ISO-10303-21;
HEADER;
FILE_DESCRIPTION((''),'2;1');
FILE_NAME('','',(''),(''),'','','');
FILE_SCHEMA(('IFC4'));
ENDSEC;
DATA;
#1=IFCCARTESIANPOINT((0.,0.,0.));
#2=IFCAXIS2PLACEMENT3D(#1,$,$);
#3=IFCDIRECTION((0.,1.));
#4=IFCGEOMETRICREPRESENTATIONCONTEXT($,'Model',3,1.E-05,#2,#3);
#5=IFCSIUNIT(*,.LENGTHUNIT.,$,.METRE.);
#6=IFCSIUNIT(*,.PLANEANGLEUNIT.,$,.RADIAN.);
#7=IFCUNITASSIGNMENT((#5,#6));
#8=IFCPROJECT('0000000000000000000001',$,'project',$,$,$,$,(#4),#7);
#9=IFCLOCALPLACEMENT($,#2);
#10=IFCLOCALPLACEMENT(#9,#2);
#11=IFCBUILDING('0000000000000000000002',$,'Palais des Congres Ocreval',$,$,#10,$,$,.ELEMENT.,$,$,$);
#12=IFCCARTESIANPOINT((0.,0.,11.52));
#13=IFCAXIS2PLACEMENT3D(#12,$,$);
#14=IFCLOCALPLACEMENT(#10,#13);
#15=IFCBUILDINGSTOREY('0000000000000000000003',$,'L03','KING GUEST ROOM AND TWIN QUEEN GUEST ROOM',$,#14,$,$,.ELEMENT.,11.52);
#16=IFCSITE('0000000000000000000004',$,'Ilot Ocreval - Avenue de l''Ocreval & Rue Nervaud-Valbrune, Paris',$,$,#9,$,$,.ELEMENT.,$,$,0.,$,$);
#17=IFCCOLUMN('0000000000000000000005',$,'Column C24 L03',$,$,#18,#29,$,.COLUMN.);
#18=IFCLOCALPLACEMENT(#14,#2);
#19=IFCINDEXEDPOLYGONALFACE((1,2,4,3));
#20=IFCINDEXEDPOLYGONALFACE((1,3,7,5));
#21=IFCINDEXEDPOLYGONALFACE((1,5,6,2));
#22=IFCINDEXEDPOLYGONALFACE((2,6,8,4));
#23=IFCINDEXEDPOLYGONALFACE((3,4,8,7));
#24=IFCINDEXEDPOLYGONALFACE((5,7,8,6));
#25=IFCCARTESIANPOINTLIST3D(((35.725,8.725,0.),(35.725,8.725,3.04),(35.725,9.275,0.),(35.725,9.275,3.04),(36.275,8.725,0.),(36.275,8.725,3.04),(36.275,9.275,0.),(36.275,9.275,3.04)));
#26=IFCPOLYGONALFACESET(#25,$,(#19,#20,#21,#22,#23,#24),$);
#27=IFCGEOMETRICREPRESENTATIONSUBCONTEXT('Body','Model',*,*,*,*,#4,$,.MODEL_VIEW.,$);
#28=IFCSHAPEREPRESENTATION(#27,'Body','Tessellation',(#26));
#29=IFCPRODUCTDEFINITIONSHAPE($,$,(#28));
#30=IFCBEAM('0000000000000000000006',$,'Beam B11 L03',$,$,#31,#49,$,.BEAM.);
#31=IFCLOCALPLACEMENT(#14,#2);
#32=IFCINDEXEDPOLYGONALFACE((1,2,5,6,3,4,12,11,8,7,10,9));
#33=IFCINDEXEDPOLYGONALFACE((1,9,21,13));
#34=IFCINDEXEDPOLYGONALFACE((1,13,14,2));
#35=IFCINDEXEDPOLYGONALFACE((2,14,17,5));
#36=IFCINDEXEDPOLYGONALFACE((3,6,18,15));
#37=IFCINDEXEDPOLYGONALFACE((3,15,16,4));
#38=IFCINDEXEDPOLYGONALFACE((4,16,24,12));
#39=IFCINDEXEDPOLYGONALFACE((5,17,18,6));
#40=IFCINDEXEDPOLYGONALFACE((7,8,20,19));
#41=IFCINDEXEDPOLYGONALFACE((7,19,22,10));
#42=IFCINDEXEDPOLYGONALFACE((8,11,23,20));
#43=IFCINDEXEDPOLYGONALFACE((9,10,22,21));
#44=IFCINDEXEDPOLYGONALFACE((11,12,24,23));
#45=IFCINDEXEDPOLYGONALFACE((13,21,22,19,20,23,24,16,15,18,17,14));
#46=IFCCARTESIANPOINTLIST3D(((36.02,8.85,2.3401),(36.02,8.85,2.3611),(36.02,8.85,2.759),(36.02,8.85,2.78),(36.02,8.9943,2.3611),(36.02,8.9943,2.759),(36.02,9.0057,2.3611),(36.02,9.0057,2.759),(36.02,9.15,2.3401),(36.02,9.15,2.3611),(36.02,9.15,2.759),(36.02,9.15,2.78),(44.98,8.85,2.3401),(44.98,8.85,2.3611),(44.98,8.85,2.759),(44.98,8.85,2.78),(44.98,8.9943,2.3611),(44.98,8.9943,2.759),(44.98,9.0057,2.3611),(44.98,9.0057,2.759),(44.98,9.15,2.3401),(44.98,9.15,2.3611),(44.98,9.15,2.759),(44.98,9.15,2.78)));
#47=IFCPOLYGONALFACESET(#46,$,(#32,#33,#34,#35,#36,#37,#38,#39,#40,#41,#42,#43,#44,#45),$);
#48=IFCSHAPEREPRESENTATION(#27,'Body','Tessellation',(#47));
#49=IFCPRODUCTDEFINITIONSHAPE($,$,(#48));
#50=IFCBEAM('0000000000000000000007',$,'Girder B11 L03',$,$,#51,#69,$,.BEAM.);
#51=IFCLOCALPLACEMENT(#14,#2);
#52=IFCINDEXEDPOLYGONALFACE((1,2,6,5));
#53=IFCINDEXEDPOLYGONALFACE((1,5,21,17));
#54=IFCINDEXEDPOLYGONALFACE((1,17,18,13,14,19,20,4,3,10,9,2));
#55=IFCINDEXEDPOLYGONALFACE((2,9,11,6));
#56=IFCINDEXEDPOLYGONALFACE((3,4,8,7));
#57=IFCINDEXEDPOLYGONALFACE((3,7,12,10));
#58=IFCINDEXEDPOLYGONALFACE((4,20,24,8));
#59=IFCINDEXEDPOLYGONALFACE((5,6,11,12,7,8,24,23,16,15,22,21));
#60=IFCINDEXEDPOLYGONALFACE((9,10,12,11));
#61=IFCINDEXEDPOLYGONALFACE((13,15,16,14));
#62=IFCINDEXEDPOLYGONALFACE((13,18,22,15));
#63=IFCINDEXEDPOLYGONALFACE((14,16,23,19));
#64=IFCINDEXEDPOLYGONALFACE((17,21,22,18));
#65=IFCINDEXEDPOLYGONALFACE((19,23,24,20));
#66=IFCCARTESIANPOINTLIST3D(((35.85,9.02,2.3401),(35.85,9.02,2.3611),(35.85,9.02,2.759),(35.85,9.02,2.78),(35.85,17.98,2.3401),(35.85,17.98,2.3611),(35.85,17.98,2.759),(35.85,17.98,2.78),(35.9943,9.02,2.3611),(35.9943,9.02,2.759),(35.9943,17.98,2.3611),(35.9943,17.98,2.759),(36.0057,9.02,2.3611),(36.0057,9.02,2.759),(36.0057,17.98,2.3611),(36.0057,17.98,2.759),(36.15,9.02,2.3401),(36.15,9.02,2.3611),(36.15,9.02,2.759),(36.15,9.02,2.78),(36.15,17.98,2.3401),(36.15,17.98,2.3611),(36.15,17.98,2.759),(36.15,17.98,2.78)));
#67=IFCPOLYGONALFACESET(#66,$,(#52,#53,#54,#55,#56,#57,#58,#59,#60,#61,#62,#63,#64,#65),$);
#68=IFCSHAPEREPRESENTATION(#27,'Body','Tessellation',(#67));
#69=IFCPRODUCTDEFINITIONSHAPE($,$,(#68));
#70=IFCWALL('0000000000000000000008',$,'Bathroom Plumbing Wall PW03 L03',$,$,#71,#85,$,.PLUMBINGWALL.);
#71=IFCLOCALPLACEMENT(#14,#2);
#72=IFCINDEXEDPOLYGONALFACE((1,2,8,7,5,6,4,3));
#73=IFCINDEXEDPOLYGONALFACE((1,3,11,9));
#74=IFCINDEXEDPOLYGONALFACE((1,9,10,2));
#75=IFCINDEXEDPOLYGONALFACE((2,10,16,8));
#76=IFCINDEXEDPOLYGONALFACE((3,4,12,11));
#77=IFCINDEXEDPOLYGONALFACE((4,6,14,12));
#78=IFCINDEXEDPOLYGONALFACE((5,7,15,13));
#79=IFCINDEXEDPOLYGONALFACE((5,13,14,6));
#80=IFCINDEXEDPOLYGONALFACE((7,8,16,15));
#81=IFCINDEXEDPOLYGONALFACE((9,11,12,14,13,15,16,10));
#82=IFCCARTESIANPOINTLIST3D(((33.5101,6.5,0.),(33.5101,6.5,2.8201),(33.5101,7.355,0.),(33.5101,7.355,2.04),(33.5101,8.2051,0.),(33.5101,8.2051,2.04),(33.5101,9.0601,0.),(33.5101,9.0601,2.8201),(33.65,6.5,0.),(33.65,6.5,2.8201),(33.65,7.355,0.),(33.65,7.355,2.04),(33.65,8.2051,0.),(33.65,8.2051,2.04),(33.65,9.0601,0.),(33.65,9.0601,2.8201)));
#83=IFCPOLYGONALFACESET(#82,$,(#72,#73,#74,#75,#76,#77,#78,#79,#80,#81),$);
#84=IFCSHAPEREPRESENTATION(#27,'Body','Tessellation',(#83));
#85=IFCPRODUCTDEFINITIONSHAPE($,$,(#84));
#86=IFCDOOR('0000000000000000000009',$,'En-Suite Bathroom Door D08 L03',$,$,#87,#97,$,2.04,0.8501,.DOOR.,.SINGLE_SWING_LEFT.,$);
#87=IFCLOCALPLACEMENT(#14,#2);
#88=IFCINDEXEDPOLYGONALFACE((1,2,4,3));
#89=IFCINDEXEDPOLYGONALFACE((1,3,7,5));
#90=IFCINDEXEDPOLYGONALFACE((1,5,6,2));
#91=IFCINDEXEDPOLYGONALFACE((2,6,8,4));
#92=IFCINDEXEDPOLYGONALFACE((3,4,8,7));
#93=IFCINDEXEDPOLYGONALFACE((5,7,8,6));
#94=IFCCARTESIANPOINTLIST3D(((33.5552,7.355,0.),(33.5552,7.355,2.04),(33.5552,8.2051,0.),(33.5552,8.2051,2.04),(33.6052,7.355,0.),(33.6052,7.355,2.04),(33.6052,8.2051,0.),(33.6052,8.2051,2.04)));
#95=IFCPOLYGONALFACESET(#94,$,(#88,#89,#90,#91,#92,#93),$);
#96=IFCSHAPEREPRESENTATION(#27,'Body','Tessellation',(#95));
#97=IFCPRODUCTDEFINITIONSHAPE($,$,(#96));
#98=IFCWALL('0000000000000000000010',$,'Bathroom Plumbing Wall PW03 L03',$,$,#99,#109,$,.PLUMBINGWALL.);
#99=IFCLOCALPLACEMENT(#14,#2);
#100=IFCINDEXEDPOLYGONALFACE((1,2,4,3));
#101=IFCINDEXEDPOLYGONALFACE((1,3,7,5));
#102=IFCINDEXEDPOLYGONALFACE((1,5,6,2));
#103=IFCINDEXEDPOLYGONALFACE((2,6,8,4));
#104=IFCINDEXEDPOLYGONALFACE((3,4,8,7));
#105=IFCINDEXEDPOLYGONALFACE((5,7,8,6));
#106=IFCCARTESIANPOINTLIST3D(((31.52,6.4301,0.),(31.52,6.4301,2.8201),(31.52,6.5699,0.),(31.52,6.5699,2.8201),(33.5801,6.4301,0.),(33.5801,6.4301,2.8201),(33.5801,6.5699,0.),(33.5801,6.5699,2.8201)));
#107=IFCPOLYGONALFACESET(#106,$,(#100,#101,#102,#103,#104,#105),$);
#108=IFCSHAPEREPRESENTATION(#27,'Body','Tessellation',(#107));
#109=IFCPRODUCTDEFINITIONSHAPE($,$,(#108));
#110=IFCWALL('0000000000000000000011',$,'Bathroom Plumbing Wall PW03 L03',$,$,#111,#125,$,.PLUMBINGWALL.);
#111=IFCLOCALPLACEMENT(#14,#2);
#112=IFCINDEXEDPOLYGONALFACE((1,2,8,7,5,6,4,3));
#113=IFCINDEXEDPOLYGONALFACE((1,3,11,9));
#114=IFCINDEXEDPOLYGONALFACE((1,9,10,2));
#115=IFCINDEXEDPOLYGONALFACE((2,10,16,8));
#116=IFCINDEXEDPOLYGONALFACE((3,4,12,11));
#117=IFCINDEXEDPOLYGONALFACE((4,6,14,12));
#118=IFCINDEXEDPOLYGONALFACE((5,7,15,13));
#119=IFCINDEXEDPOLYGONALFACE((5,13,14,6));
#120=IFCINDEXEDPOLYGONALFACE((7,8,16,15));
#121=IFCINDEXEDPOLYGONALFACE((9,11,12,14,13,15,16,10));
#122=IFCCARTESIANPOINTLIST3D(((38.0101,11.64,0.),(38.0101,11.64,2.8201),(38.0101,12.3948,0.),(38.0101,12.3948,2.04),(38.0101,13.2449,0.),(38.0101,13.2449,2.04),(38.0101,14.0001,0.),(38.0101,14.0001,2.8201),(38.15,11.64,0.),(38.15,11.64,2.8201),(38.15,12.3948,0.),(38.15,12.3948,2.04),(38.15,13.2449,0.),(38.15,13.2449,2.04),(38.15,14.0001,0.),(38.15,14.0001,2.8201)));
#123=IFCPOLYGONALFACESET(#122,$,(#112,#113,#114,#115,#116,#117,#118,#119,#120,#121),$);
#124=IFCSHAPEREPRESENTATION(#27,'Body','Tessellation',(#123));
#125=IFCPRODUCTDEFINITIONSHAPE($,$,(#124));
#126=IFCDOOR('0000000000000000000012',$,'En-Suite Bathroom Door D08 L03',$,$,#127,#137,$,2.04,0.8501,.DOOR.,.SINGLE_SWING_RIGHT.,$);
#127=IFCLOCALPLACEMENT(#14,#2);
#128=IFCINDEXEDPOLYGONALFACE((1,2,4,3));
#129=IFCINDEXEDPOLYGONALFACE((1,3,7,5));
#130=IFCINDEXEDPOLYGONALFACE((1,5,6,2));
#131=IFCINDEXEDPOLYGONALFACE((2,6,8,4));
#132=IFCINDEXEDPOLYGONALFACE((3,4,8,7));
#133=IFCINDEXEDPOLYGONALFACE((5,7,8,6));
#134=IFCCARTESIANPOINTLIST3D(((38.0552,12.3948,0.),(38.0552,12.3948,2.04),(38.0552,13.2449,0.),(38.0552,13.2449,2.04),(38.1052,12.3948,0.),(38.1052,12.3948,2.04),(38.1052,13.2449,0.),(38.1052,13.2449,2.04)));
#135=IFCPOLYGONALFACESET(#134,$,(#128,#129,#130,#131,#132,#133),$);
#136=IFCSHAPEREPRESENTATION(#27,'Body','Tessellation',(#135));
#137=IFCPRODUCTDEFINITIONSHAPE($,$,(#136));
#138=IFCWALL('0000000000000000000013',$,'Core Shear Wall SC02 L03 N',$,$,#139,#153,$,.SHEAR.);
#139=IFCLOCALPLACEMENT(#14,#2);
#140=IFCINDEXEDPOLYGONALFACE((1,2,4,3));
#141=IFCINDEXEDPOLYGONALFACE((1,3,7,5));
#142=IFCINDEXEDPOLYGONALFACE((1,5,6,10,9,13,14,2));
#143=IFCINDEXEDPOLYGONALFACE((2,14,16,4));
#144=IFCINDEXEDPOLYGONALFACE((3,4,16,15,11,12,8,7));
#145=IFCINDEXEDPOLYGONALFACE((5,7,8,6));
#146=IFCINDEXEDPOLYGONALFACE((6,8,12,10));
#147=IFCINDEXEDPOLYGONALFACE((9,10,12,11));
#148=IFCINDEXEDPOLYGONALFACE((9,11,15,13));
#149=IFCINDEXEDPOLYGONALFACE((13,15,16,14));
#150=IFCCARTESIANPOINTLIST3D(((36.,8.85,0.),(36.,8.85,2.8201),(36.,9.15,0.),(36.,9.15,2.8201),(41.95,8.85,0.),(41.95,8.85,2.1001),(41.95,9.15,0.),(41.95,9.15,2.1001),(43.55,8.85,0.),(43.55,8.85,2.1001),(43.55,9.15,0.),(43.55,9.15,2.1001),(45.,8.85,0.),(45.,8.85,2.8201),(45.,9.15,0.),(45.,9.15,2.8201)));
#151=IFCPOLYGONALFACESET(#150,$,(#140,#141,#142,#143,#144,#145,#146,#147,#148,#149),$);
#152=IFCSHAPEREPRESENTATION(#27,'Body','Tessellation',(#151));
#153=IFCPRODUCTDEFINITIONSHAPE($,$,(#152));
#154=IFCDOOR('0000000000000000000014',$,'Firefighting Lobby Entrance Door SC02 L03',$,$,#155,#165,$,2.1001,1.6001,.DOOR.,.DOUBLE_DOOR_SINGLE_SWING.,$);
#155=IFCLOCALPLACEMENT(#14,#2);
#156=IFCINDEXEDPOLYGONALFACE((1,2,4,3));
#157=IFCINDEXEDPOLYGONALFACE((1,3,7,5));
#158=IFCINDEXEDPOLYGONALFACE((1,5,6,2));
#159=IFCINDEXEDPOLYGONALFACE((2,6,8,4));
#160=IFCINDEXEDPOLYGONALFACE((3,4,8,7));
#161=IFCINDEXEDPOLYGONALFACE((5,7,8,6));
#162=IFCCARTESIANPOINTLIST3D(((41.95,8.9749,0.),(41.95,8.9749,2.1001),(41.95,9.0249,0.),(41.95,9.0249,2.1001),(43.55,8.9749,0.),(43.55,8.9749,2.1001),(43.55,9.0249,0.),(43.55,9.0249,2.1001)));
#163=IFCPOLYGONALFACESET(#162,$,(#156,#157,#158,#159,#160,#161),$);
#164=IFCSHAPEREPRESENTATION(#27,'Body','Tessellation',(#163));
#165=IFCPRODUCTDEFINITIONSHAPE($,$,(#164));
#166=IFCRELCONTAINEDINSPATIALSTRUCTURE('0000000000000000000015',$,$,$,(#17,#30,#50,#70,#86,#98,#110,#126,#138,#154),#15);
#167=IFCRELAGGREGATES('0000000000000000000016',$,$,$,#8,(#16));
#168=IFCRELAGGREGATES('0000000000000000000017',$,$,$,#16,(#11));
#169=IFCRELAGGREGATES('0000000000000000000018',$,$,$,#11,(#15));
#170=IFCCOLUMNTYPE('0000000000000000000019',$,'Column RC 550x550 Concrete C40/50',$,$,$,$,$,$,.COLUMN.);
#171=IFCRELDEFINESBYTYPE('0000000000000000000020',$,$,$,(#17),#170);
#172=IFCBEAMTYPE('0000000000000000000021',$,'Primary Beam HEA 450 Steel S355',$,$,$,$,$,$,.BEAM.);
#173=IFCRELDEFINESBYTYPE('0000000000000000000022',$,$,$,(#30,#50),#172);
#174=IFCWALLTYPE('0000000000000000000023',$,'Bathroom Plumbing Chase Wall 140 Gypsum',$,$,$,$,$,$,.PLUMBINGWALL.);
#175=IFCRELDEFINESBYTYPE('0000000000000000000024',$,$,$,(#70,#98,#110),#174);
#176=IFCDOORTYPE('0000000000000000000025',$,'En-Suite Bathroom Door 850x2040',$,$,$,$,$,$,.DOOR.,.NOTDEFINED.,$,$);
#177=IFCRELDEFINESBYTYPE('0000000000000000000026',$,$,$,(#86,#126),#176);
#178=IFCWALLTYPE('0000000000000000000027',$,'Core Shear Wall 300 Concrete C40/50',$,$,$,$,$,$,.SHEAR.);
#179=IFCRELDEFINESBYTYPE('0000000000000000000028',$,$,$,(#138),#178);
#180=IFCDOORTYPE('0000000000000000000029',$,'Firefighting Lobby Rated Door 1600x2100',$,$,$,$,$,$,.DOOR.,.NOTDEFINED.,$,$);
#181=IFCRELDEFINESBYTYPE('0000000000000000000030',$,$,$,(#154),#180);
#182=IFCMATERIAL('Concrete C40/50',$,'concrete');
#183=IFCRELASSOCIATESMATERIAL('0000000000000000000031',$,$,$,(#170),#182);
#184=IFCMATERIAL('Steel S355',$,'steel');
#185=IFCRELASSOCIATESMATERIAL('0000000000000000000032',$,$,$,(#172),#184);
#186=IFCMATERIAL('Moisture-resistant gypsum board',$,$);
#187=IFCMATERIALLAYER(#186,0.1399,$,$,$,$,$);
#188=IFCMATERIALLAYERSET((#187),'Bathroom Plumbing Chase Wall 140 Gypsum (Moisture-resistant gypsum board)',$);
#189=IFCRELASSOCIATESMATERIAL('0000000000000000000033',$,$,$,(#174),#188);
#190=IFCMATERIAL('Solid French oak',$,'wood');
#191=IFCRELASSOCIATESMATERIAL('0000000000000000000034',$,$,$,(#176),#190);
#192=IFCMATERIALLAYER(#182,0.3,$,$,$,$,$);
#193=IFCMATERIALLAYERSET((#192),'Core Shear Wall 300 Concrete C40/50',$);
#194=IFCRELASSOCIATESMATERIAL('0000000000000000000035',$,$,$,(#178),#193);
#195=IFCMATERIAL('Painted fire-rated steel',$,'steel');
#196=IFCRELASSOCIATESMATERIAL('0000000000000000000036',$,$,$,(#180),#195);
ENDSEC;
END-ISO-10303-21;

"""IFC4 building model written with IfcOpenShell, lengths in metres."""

from ifc_helpers import new_model, si_unit, direction, frame, frame_2d, origin, origin_2d, place, context, subcontext, project, spatial, rectangle, i_section, extrude, material, layer, layer_set, material_profile, profile_set, type_object, element, fill, save


model = new_model("IFC4")

# Units and contexts
model_context = context("Model", 3, precision=1e-05, world=origin(), true_north=direction((0.0, 1.0)))
body_context = subcontext(model_context, "Body", "Model", "MODEL_VIEW")
ifc_project = project(units=[si_unit("LENGTHUNIT", "METRE"), si_unit("PLANEANGLEUNIT", "RADIAN")], contexts=[model_context])

# Site, building, storey
site_placement = place(None, origin())
site = spatial("IfcSite", under=ifc_project, at=site_placement, Name="Ilot Ocreval - Avenue de l'Ocreval & Rue Nervaud-Valbrune, Paris", CompositionType="ELEMENT", RefElevation=0.0)
building_placement = place(site_placement, origin())
building = spatial("IfcBuilding", under=site, at=building_placement, Name="Palais des Congres Ocreval", CompositionType="ELEMENT")
storey_placement = place(building_placement, frame((0.0, 0.0, 11.52)))
storey = spatial("IfcBuildingStorey", under=building, at=storey_placement, Name="L03", Description="KING GUEST ROOM AND TWIN QUEEN GUEST ROOM", CompositionType="ELEMENT", Elevation=11.52)

# Column
ifc_material_1 = material(Name="Concrete C40/50", Category="concrete")
ifc_material_profile_1 = material_profile(ifc_material_1, rectangle(XDim=0.55, YDim=0.55, at=origin_2d()), Name="RC 550x550")
ifc_profile_set_1 = profile_set([ifc_material_profile_1], Name="Concrete C40/50")
column_type = type_object("IfcColumnType", Name="Column RC 550x550 Concrete C40/50", PredefinedType="COLUMN", material=ifc_profile_set_1)
column_placement = place(storey_placement, frame((36.0, 9.0, 0.0), z_axis=(0.0, 0.0, 1.0), x_axis=(1.0, 0.0, 0.0)))
element("IfcColumn", 1, at=column_placement, inside=storey, type_object=column_type, Name="Column C24 L03", PredefinedType="COLUMN", context=body_context, shape_type="SweptSolid", body=[
    extrude(rectangle(XDim=0.55, YDim=0.55, at=origin_2d()), origin(), (0.0, 0.0, 1.0), 3.04),
])

# Beams
ifc_material_2 = material(Name="Steel S355", Category="steel")
ifc_material_profile_2 = material_profile(ifc_material_2, i_section(OverallWidth=0.3, OverallDepth=0.4399, WebThickness=0.0115, FlangeThickness=0.021, at=origin_2d()), Name="HEA 450")
ifc_profile_set_2 = profile_set([ifc_material_profile_2], Name="Steel S355")
beam_type = type_object("IfcBeamType", Name="Primary Beam HEA 450 Steel S355", PredefinedType="BEAM", material=ifc_profile_set_2)
for number, where, z_axis, x_axis, name in (
    (2, (36.02, 9.0, 2.5601), (1.0, 0.0, 0.0), (0.0, 1.0, 0.0), "Beam B11 L03"),
    (3, (36.0, 9.02, 2.5601), (0.0, 1.0, 0.0), (-1.0, 0.0, 0.0), "Girder B11 L03"),
):
    element("IfcBeam", number, at=place(storey_placement, frame(where, z_axis=z_axis, x_axis=x_axis)), inside=storey, type_object=beam_type, Name=name, PredefinedType="BEAM", context=body_context, shape_type="SweptSolid", body=[
        extrude(i_section(OverallWidth=0.3, OverallDepth=0.4399, WebThickness=0.0115, FlangeThickness=0.021, at=origin_2d()), origin(), (0.0, 0.0, 1.0), 8.96),
    ])

# Wall, opening, door
ifc_material_3 = material(Name="Moisture-resistant gypsum board")
ifc_layer_1 = layer(ifc_material_3, 0.1399)
ifc_layer_set_1 = layer_set([ifc_layer_1], Name="Bathroom Plumbing Chase Wall 140 Gypsum (Moisture-resistant gypsum board)")
wall_type_1 = type_object("IfcWallType", Name="Bathroom Plumbing Chase Wall 140 Gypsum", PredefinedType="PLUMBINGWALL", material=ifc_layer_set_1)
wall_1_placement = place(storey_placement, frame((33.5801, 6.5, 0.0), z_axis=(0.0, 0.0, 1.0), x_axis=(0.0, 1.0, 0.0)))
wall_1 = element("IfcWall", 4, at=wall_1_placement, inside=storey, type_object=wall_type_1, Name="Bathroom Plumbing Wall PW03 L03", PredefinedType="PLUMBINGWALL", context=body_context, shape_type="SweptSolid", body=[
    extrude(rectangle(XDim=2.5601, YDim=0.1399, at=frame_2d((1.28, 0.0))), origin(), (0.0, 0.0, 1.0), 2.8201),
])
opening_1_placement = place(wall_1_placement, frame((0.855, 0.0, 0.0)))
opening_1 = element("IfcOpeningElement", 5, at=opening_1_placement, cuts=wall_1, PredefinedType="OPENING", context=body_context, shape_type="SweptSolid", body=[
    extrude(rectangle(XDim=0.8501, YDim=2.04, at=frame_2d((0.425, 1.02))), frame((0.0, 0.0798, 0.0), z_axis=(0.0, -1.0, 0.0), x_axis=(1.0, 0.0, 0.0)), (0.0, 0.0, 1.0), 0.1599),
])
ifc_material_4 = material(Name="Solid French oak", Category="wood")
door_type_1 = type_object("IfcDoorType", Name="En-Suite Bathroom Door 850x2040", OperationType="NOTDEFINED", PredefinedType="DOOR", material=ifc_material_4)
door_1_placement = place(opening_1_placement, origin())
door_1 = element("IfcDoor", 6, at=door_1_placement, inside=storey, type_object=door_type_1, Name="En-Suite Bathroom Door D08 L03", OperationType="SINGLE_SWING_LEFT", OverallHeight=2.04, OverallWidth=0.8501, PredefinedType="DOOR", context=body_context, shape_type="SweptSolid", body=[
    extrude(rectangle(XDim=0.8501, YDim=2.04, at=frame_2d((0.425, 1.02))), frame((0.0, 0.0249, 0.0), z_axis=(0.0, -1.0, 0.0), x_axis=(1.0, 0.0, 0.0)), (0.0, 0.0, 1.0), 0.05),
])
fill(opening_1, door_1)

# Wall
wall_2_placement = place(storey_placement, frame((31.52, 6.5, 0.0), z_axis=(0.0, 0.0, 1.0), x_axis=(1.0, 0.0, 0.0)))
element("IfcWall", 7, at=wall_2_placement, inside=storey, type_object=wall_type_1, Name="Bathroom Plumbing Wall PW03 L03", PredefinedType="PLUMBINGWALL", context=body_context, shape_type="SweptSolid", body=[
    extrude(rectangle(XDim=2.0601, YDim=0.1399, at=frame_2d((1.03, 0.0))), origin(), (0.0, 0.0, 1.0), 2.8201),
])

# Walls, openings, doors
wall_3_placement = place(storey_placement, frame((38.0801, 11.6399, 0.0), z_axis=(0.0, 0.0, 1.0), x_axis=(0.0, 1.0, 0.0)))
wall_3 = element("IfcWall", 8, at=wall_3_placement, inside=storey, type_object=wall_type_1, Name="Bathroom Plumbing Wall PW03 L03", PredefinedType="PLUMBINGWALL", context=body_context, shape_type="SweptSolid", body=[
    extrude(rectangle(XDim=2.3601, YDim=0.1399, at=frame_2d((1.1802, 0.0))), origin(), (0.0, 0.0, 1.0), 2.8201),
])
opening_2_placement = place(wall_3_placement, frame((0.7549, 0.0, 0.0)))
opening_2 = element("IfcOpeningElement", 9, at=opening_2_placement, cuts=wall_3, PredefinedType="OPENING", context=body_context, shape_type="SweptSolid", body=[
    extrude(rectangle(XDim=0.8501, YDim=2.04, at=frame_2d((0.425, 1.02))), frame((0.0, 0.0798, 0.0), z_axis=(0.0, -1.0, 0.0), x_axis=(1.0, 0.0, 0.0)), (0.0, 0.0, 1.0), 0.1599),
])
door_2_placement = place(opening_2_placement, origin())
door_2 = element("IfcDoor", 10, at=door_2_placement, inside=storey, type_object=door_type_1, Name="En-Suite Bathroom Door D08 L03", OperationType="SINGLE_SWING_RIGHT", OverallHeight=2.04, OverallWidth=0.8501, PredefinedType="DOOR", context=body_context, shape_type="SweptSolid", body=[
    extrude(rectangle(XDim=0.8501, YDim=2.04, at=frame_2d((0.425, 1.02))), frame((0.0, 0.0249, 0.0), z_axis=(0.0, -1.0, 0.0), x_axis=(1.0, 0.0, 0.0)), (0.0, 0.0, 1.0), 0.05),
])
fill(opening_2, door_2)
ifc_layer_2 = layer(ifc_material_1, 0.3)
ifc_layer_set_2 = layer_set([ifc_layer_2], Name="Core Shear Wall 300 Concrete C40/50")
wall_type_2 = type_object("IfcWallType", Name="Core Shear Wall 300 Concrete C40/50", PredefinedType="SHEAR", material=ifc_layer_set_2)
wall_4_placement = place(storey_placement, frame((36.0, 9.0, 0.0), z_axis=(0.0, 0.0, 1.0), x_axis=(1.0, 0.0, 0.0)))
wall_4 = element("IfcWall", 11, at=wall_4_placement, inside=storey, type_object=wall_type_2, Name="Core Shear Wall SC02 L03 N", PredefinedType="SHEAR", context=body_context, shape_type="SweptSolid", body=[
    extrude(rectangle(XDim=9.0, YDim=0.3, at=frame_2d((4.5, 0.0))), origin(), (0.0, 0.0, 1.0), 2.8201),
])
opening_3_placement = place(wall_4_placement, frame((5.95, 0.0, 0.0)))
opening_3 = element("IfcOpeningElement", 12, at=opening_3_placement, cuts=wall_4, PredefinedType="OPENING", context=body_context, shape_type="SweptSolid", body=[
    extrude(rectangle(XDim=1.6001, YDim=2.1001, at=frame_2d((0.8, 1.05))), frame((0.0, 0.1599, 0.0), z_axis=(0.0, -1.0, 0.0), x_axis=(1.0, 0.0, 0.0)), (0.0, 0.0, 1.0), 0.3201),
])
ifc_material_5 = material(Name="Painted fire-rated steel", Category="steel")
door_type_2 = type_object("IfcDoorType", Name="Firefighting Lobby Rated Door 1600x2100", OperationType="NOTDEFINED", PredefinedType="DOOR", material=ifc_material_5)
door_3_placement = place(opening_3_placement, origin())
door_3 = element("IfcDoor", 13, at=door_3_placement, inside=storey, type_object=door_type_2, Name="Firefighting Lobby Entrance Door SC02 L03", OperationType="DOUBLE_DOOR_SINGLE_SWING", OverallHeight=2.1001, OverallWidth=1.6001, PredefinedType="DOOR", context=body_context, shape_type="SweptSolid", body=[
    extrude(rectangle(XDim=1.6001, YDim=2.1001, at=frame_2d((0.8, 1.05))), frame((0.0, 0.0249, 0.0), z_axis=(0.0, -1.0, 0.0), x_axis=(1.0, 0.0, 0.0)), (0.0, 0.0, 1.0), 0.05),
])
fill(opening_3, door_3)

save(model, "model.ifc")
